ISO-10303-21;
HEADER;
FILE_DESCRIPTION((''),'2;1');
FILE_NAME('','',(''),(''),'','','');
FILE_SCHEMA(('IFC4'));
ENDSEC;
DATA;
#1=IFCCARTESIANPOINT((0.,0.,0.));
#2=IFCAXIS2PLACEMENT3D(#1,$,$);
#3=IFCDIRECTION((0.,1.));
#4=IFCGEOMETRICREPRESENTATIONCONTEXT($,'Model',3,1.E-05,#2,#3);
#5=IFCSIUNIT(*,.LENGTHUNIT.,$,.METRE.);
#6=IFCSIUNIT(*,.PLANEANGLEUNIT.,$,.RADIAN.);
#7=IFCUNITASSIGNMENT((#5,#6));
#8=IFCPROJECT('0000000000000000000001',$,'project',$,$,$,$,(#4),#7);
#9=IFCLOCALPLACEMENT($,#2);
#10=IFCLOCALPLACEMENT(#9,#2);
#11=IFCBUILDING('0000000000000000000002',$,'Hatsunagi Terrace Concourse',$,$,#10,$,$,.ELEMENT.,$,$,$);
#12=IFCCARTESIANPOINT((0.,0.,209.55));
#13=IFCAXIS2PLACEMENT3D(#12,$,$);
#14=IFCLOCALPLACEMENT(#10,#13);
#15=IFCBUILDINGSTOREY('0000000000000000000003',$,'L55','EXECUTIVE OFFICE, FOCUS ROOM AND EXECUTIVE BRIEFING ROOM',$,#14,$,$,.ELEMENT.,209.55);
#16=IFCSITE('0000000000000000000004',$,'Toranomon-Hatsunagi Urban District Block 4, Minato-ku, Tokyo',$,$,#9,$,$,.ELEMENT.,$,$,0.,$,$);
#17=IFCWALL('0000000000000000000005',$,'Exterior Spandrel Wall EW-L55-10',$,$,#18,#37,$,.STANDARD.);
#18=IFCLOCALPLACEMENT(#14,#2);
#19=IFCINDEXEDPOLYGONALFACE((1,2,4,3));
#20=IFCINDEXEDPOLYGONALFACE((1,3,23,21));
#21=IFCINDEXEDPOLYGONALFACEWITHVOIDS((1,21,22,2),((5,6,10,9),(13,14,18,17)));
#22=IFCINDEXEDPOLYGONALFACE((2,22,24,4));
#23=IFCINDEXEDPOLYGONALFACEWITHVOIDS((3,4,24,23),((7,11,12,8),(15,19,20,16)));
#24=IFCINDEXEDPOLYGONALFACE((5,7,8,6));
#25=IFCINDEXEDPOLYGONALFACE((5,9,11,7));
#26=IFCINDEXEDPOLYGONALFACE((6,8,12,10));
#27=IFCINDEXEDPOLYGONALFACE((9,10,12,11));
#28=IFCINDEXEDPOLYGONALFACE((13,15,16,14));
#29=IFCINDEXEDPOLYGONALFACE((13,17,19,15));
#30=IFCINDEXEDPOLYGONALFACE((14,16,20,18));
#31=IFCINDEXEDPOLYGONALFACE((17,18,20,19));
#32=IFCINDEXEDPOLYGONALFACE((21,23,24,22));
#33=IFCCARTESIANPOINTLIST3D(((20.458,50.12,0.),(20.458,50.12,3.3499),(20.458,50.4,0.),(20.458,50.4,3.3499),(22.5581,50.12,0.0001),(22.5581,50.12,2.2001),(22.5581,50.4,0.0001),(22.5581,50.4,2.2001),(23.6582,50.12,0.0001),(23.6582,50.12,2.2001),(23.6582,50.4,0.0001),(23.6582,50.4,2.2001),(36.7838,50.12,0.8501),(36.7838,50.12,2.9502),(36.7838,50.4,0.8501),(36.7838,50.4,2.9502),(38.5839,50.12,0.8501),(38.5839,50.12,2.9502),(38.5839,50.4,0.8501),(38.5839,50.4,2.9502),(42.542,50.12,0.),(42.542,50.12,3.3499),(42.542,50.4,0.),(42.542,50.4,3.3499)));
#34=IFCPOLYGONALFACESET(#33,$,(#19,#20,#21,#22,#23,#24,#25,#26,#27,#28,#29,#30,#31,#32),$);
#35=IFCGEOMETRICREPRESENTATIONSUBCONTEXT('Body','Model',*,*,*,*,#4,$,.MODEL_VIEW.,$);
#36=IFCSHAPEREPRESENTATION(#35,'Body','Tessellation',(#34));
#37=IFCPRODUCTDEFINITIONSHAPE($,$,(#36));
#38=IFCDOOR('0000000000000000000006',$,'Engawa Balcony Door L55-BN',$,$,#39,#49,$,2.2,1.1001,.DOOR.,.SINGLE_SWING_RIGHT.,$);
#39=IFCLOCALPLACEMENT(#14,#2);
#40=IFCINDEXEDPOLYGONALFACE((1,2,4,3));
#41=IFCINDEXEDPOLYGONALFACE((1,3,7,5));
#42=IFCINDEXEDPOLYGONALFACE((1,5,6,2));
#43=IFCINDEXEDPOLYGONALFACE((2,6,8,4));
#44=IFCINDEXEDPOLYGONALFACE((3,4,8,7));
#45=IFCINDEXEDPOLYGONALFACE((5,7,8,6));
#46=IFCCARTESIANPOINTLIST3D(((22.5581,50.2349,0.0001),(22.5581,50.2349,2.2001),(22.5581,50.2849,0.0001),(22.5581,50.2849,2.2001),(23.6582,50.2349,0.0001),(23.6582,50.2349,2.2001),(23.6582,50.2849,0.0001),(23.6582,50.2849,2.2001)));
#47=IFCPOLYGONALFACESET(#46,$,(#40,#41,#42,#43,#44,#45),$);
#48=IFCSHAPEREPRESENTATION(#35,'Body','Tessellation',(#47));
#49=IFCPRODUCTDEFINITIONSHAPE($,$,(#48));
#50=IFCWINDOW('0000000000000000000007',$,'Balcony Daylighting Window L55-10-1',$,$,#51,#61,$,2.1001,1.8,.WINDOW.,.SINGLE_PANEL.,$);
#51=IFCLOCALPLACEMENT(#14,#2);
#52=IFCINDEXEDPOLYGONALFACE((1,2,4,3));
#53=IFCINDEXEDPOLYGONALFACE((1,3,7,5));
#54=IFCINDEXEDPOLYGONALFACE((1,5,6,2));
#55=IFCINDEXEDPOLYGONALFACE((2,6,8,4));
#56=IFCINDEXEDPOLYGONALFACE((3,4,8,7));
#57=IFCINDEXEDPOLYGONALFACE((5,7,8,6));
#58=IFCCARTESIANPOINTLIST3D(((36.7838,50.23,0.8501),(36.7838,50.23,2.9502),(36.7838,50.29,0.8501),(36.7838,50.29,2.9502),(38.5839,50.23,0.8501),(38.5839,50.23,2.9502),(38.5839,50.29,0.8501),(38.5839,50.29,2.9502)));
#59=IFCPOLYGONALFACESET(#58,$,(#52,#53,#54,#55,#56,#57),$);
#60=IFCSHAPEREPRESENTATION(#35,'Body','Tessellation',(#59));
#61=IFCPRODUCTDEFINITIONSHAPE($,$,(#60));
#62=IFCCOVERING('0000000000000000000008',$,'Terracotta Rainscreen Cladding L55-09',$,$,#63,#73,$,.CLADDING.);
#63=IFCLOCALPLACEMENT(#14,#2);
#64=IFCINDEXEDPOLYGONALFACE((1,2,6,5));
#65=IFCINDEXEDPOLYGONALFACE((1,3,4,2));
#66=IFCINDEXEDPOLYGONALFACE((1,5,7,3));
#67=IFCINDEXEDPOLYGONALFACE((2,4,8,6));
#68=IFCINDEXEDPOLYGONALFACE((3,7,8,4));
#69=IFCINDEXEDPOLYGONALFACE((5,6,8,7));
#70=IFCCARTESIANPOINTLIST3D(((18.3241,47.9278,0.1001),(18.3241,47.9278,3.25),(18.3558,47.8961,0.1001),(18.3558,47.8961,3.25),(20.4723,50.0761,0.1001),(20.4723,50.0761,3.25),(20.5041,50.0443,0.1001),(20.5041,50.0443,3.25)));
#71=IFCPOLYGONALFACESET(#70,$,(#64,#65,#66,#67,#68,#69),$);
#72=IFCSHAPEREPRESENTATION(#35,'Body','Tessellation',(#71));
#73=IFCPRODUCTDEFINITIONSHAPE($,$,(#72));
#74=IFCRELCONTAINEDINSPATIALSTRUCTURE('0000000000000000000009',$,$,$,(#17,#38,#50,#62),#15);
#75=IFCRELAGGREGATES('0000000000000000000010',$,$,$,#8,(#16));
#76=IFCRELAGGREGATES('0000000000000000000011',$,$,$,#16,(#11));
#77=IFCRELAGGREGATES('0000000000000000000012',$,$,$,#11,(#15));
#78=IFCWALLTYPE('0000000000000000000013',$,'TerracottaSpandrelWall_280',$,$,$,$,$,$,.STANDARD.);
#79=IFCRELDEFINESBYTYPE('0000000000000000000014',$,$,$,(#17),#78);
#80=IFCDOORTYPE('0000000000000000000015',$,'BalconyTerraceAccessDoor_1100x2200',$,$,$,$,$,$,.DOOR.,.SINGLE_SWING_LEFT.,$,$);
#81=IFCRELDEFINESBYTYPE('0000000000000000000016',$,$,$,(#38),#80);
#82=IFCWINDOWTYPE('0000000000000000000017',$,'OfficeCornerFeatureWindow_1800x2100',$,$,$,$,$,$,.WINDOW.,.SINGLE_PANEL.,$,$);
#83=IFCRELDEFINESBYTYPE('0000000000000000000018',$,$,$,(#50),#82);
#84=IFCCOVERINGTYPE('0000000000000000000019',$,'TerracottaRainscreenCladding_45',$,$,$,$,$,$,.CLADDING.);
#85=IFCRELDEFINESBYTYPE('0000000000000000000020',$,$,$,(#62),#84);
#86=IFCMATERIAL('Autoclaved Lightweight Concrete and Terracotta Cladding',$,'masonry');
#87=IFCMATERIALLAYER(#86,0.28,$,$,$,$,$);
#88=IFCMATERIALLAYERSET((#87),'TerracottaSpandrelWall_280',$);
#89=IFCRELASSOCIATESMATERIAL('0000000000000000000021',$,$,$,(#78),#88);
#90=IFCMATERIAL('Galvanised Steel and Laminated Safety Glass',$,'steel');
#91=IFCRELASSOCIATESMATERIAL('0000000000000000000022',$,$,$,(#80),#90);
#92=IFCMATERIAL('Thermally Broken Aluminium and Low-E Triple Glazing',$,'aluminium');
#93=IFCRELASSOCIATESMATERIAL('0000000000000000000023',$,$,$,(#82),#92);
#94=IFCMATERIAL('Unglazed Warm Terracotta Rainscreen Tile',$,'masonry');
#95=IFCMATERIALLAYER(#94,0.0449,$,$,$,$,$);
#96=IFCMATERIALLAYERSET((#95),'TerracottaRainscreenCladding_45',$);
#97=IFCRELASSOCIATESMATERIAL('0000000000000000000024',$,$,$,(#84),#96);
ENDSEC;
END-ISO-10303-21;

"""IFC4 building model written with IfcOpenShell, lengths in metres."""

from ifc_helpers import new_model, si_unit, direction, frame, frame_2d, origin, origin_2d, place, context, subcontext, project, spatial, rectangle, extrude, material, layer, layer_set, type_object, element, fill, save


model = new_model("IFC4")

# Units and contexts
model_context = context("Model", 3, precision=1e-05, world=origin(), true_north=direction((0.0, 1.0)))
body_context = subcontext(model_context, "Body", "Model", "MODEL_VIEW")
ifc_project = project(units=[si_unit("LENGTHUNIT", "METRE"), si_unit("PLANEANGLEUNIT", "RADIAN")], contexts=[model_context])

# Site, building, storey
site_placement = place(None, origin())
site = spatial("IfcSite", under=ifc_project, at=site_placement, Name="Toranomon-Hatsunagi Urban District Block 4, Minato-ku, Tokyo", CompositionType="ELEMENT", RefElevation=0.0)
building_placement = place(site_placement, origin())
building = spatial("IfcBuilding", under=site, at=building_placement, Name="Hatsunagi Terrace Concourse", CompositionType="ELEMENT")
storey_placement = place(building_placement, frame((0.0, 0.0, 209.55)))
storey = spatial("IfcBuildingStorey", under=building, at=storey_placement, Name="L55", Description="EXECUTIVE OFFICE, FOCUS ROOM AND EXECUTIVE BRIEFING ROOM", CompositionType="ELEMENT", Elevation=209.55)

# Wall, openings, door, window
ifc_material_1 = material(Name="Autoclaved Lightweight Concrete and Terracotta Cladding", Category="masonry")
ifc_layer_1 = layer(ifc_material_1, 0.28)
ifc_layer_set_1 = layer_set([ifc_layer_1], Name="TerracottaSpandrelWall_280")
wall_type_1 = type_object("IfcWallType", Name="TerracottaSpandrelWall_280", PredefinedType="STANDARD", material=ifc_layer_set_1)
wall_1_placement = place(storey_placement, frame((20.458, 50.26, 0.0), z_axis=(0.0, 0.0, 1.0), x_axis=(1.0, 0.0, 0.0)))
wall_1 = element("IfcWall", 1, at=wall_1_placement, inside=storey, type_object=wall_type_1, Name="Exterior Spandrel Wall EW-L55-10", PredefinedType="STANDARD", context=body_context, shape_type="SweptSolid", body=[
    extrude(rectangle(XDim=22.084, YDim=0.28, at=frame_2d((11.042, 0.0))), origin(), (0.0, 0.0, 1.0), 3.3499),
])
opening_1_placement = place(wall_1_placement, frame((2.1001, 0.0, 0.0)))
opening_1 = element("IfcOpeningElement", 2, at=opening_1_placement, cuts=wall_1, PredefinedType="OPENING", context=body_context, shape_type="SweptSolid", body=[
    extrude(rectangle(XDim=1.1001, YDim=2.2, at=frame_2d((0.55, 1.1001))), frame((0.0, 0.1499, 0.0), z_axis=(0.0, -1.0, 0.0), x_axis=(1.0, 0.0, 0.0)), (0.0, 0.0, 1.0), 0.3),
])
opening_2_placement = place(wall_1_placement, frame((16.3259, 0.0, 0.8501)))
opening_2 = element("IfcOpeningElement", 3, at=opening_2_placement, cuts=wall_1, PredefinedType="OPENING", context=body_context, shape_type="SweptSolid", body=[
    extrude(rectangle(XDim=1.8, YDim=2.1001, at=frame_2d((0.8999, 1.05))), frame((0.0, 0.1499, 0.0), z_axis=(0.0, -1.0, 0.0), x_axis=(1.0, 0.0, 0.0)), (0.0, 0.0, 1.0), 0.3),
])
ifc_material_2 = material(Name="Galvanised Steel and Laminated Safety Glass", Category="steel")
door_type_1 = type_object("IfcDoorType", Name="BalconyTerraceAccessDoor_1100x2200", OperationType="SINGLE_SWING_LEFT", PredefinedType="DOOR", material=ifc_material_2)
door_1_placement = place(opening_1_placement, origin())
door_1 = element("IfcDoor", 4, at=door_1_placement, inside=storey, type_object=door_type_1, Name="Engawa Balcony Door L55-BN", OperationType="SINGLE_SWING_RIGHT", OverallHeight=2.2, OverallWidth=1.1001, PredefinedType="DOOR", context=body_context, shape_type="SweptSolid", body=[
    extrude(rectangle(XDim=1.1001, YDim=2.2, at=frame_2d((0.55, 1.1001))), frame((0.0, 0.0249, 0.0), z_axis=(0.0, -1.0, 0.0), x_axis=(1.0, 0.0, 0.0)), (0.0, 0.0, 1.0), 0.05),
])
fill(opening_1, door_1)
ifc_material_3 = material(Name="Thermally Broken Aluminium and Low-E Triple Glazing", Category="aluminium")
window_type = type_object("IfcWindowType", Name="OfficeCornerFeatureWindow_1800x2100", PartitioningType="SINGLE_PANEL", PredefinedType="WINDOW", material=ifc_material_3)
window_placement = place(opening_2_placement, origin())
window = element("IfcWindow", 5, at=window_placement, inside=storey, type_object=window_type, Name="Balcony Daylighting Window L55-10-1", OverallHeight=2.1001, OverallWidth=1.8, PartitioningType="SINGLE_PANEL", PredefinedType="WINDOW", context=body_context, shape_type="SweptSolid", body=[
    extrude(rectangle(XDim=1.8, YDim=2.1001, at=frame_2d((0.8999, 1.05))), frame((0.0, 0.03, 0.0), z_axis=(0.0, -1.0, 0.0), x_axis=(1.0, 0.0, 0.0)), (0.0, 0.0, 1.0), 0.0601),
])
fill(opening_2, window)

# Covering
ifc_material_4 = material(Name="Unglazed Warm Terracotta Rainscreen Tile", Category="masonry")
ifc_layer_2 = layer(ifc_material_4, 0.0449)
ifc_layer_set_2 = layer_set([ifc_layer_2], Name="TerracottaRainscreenCladding_45")
covering_type = type_object("IfcCoveringType", Name="TerracottaRainscreenCladding_45", PredefinedType="CLADDING", material=ifc_layer_set_2)
covering_placement = place(storey_placement, frame((19.4141, 48.9861, 0.1001), z_axis=(0.0, 0.0, 1.0), x_axis=(0.707107, 0.707107, 0.0)))
element("IfcCovering", 6, at=covering_placement, inside=storey, type_object=covering_type, Name="Terracotta Rainscreen Cladding L55-09", PredefinedType="CLADDING", context=body_context, shape_type="SweptSolid", body=[
    extrude(rectangle(XDim=3.0381, YDim=0.0449, at=origin_2d()), origin(), (0.0, 0.0, 1.0), 3.1499),
])

save(model, "model.ifc")
